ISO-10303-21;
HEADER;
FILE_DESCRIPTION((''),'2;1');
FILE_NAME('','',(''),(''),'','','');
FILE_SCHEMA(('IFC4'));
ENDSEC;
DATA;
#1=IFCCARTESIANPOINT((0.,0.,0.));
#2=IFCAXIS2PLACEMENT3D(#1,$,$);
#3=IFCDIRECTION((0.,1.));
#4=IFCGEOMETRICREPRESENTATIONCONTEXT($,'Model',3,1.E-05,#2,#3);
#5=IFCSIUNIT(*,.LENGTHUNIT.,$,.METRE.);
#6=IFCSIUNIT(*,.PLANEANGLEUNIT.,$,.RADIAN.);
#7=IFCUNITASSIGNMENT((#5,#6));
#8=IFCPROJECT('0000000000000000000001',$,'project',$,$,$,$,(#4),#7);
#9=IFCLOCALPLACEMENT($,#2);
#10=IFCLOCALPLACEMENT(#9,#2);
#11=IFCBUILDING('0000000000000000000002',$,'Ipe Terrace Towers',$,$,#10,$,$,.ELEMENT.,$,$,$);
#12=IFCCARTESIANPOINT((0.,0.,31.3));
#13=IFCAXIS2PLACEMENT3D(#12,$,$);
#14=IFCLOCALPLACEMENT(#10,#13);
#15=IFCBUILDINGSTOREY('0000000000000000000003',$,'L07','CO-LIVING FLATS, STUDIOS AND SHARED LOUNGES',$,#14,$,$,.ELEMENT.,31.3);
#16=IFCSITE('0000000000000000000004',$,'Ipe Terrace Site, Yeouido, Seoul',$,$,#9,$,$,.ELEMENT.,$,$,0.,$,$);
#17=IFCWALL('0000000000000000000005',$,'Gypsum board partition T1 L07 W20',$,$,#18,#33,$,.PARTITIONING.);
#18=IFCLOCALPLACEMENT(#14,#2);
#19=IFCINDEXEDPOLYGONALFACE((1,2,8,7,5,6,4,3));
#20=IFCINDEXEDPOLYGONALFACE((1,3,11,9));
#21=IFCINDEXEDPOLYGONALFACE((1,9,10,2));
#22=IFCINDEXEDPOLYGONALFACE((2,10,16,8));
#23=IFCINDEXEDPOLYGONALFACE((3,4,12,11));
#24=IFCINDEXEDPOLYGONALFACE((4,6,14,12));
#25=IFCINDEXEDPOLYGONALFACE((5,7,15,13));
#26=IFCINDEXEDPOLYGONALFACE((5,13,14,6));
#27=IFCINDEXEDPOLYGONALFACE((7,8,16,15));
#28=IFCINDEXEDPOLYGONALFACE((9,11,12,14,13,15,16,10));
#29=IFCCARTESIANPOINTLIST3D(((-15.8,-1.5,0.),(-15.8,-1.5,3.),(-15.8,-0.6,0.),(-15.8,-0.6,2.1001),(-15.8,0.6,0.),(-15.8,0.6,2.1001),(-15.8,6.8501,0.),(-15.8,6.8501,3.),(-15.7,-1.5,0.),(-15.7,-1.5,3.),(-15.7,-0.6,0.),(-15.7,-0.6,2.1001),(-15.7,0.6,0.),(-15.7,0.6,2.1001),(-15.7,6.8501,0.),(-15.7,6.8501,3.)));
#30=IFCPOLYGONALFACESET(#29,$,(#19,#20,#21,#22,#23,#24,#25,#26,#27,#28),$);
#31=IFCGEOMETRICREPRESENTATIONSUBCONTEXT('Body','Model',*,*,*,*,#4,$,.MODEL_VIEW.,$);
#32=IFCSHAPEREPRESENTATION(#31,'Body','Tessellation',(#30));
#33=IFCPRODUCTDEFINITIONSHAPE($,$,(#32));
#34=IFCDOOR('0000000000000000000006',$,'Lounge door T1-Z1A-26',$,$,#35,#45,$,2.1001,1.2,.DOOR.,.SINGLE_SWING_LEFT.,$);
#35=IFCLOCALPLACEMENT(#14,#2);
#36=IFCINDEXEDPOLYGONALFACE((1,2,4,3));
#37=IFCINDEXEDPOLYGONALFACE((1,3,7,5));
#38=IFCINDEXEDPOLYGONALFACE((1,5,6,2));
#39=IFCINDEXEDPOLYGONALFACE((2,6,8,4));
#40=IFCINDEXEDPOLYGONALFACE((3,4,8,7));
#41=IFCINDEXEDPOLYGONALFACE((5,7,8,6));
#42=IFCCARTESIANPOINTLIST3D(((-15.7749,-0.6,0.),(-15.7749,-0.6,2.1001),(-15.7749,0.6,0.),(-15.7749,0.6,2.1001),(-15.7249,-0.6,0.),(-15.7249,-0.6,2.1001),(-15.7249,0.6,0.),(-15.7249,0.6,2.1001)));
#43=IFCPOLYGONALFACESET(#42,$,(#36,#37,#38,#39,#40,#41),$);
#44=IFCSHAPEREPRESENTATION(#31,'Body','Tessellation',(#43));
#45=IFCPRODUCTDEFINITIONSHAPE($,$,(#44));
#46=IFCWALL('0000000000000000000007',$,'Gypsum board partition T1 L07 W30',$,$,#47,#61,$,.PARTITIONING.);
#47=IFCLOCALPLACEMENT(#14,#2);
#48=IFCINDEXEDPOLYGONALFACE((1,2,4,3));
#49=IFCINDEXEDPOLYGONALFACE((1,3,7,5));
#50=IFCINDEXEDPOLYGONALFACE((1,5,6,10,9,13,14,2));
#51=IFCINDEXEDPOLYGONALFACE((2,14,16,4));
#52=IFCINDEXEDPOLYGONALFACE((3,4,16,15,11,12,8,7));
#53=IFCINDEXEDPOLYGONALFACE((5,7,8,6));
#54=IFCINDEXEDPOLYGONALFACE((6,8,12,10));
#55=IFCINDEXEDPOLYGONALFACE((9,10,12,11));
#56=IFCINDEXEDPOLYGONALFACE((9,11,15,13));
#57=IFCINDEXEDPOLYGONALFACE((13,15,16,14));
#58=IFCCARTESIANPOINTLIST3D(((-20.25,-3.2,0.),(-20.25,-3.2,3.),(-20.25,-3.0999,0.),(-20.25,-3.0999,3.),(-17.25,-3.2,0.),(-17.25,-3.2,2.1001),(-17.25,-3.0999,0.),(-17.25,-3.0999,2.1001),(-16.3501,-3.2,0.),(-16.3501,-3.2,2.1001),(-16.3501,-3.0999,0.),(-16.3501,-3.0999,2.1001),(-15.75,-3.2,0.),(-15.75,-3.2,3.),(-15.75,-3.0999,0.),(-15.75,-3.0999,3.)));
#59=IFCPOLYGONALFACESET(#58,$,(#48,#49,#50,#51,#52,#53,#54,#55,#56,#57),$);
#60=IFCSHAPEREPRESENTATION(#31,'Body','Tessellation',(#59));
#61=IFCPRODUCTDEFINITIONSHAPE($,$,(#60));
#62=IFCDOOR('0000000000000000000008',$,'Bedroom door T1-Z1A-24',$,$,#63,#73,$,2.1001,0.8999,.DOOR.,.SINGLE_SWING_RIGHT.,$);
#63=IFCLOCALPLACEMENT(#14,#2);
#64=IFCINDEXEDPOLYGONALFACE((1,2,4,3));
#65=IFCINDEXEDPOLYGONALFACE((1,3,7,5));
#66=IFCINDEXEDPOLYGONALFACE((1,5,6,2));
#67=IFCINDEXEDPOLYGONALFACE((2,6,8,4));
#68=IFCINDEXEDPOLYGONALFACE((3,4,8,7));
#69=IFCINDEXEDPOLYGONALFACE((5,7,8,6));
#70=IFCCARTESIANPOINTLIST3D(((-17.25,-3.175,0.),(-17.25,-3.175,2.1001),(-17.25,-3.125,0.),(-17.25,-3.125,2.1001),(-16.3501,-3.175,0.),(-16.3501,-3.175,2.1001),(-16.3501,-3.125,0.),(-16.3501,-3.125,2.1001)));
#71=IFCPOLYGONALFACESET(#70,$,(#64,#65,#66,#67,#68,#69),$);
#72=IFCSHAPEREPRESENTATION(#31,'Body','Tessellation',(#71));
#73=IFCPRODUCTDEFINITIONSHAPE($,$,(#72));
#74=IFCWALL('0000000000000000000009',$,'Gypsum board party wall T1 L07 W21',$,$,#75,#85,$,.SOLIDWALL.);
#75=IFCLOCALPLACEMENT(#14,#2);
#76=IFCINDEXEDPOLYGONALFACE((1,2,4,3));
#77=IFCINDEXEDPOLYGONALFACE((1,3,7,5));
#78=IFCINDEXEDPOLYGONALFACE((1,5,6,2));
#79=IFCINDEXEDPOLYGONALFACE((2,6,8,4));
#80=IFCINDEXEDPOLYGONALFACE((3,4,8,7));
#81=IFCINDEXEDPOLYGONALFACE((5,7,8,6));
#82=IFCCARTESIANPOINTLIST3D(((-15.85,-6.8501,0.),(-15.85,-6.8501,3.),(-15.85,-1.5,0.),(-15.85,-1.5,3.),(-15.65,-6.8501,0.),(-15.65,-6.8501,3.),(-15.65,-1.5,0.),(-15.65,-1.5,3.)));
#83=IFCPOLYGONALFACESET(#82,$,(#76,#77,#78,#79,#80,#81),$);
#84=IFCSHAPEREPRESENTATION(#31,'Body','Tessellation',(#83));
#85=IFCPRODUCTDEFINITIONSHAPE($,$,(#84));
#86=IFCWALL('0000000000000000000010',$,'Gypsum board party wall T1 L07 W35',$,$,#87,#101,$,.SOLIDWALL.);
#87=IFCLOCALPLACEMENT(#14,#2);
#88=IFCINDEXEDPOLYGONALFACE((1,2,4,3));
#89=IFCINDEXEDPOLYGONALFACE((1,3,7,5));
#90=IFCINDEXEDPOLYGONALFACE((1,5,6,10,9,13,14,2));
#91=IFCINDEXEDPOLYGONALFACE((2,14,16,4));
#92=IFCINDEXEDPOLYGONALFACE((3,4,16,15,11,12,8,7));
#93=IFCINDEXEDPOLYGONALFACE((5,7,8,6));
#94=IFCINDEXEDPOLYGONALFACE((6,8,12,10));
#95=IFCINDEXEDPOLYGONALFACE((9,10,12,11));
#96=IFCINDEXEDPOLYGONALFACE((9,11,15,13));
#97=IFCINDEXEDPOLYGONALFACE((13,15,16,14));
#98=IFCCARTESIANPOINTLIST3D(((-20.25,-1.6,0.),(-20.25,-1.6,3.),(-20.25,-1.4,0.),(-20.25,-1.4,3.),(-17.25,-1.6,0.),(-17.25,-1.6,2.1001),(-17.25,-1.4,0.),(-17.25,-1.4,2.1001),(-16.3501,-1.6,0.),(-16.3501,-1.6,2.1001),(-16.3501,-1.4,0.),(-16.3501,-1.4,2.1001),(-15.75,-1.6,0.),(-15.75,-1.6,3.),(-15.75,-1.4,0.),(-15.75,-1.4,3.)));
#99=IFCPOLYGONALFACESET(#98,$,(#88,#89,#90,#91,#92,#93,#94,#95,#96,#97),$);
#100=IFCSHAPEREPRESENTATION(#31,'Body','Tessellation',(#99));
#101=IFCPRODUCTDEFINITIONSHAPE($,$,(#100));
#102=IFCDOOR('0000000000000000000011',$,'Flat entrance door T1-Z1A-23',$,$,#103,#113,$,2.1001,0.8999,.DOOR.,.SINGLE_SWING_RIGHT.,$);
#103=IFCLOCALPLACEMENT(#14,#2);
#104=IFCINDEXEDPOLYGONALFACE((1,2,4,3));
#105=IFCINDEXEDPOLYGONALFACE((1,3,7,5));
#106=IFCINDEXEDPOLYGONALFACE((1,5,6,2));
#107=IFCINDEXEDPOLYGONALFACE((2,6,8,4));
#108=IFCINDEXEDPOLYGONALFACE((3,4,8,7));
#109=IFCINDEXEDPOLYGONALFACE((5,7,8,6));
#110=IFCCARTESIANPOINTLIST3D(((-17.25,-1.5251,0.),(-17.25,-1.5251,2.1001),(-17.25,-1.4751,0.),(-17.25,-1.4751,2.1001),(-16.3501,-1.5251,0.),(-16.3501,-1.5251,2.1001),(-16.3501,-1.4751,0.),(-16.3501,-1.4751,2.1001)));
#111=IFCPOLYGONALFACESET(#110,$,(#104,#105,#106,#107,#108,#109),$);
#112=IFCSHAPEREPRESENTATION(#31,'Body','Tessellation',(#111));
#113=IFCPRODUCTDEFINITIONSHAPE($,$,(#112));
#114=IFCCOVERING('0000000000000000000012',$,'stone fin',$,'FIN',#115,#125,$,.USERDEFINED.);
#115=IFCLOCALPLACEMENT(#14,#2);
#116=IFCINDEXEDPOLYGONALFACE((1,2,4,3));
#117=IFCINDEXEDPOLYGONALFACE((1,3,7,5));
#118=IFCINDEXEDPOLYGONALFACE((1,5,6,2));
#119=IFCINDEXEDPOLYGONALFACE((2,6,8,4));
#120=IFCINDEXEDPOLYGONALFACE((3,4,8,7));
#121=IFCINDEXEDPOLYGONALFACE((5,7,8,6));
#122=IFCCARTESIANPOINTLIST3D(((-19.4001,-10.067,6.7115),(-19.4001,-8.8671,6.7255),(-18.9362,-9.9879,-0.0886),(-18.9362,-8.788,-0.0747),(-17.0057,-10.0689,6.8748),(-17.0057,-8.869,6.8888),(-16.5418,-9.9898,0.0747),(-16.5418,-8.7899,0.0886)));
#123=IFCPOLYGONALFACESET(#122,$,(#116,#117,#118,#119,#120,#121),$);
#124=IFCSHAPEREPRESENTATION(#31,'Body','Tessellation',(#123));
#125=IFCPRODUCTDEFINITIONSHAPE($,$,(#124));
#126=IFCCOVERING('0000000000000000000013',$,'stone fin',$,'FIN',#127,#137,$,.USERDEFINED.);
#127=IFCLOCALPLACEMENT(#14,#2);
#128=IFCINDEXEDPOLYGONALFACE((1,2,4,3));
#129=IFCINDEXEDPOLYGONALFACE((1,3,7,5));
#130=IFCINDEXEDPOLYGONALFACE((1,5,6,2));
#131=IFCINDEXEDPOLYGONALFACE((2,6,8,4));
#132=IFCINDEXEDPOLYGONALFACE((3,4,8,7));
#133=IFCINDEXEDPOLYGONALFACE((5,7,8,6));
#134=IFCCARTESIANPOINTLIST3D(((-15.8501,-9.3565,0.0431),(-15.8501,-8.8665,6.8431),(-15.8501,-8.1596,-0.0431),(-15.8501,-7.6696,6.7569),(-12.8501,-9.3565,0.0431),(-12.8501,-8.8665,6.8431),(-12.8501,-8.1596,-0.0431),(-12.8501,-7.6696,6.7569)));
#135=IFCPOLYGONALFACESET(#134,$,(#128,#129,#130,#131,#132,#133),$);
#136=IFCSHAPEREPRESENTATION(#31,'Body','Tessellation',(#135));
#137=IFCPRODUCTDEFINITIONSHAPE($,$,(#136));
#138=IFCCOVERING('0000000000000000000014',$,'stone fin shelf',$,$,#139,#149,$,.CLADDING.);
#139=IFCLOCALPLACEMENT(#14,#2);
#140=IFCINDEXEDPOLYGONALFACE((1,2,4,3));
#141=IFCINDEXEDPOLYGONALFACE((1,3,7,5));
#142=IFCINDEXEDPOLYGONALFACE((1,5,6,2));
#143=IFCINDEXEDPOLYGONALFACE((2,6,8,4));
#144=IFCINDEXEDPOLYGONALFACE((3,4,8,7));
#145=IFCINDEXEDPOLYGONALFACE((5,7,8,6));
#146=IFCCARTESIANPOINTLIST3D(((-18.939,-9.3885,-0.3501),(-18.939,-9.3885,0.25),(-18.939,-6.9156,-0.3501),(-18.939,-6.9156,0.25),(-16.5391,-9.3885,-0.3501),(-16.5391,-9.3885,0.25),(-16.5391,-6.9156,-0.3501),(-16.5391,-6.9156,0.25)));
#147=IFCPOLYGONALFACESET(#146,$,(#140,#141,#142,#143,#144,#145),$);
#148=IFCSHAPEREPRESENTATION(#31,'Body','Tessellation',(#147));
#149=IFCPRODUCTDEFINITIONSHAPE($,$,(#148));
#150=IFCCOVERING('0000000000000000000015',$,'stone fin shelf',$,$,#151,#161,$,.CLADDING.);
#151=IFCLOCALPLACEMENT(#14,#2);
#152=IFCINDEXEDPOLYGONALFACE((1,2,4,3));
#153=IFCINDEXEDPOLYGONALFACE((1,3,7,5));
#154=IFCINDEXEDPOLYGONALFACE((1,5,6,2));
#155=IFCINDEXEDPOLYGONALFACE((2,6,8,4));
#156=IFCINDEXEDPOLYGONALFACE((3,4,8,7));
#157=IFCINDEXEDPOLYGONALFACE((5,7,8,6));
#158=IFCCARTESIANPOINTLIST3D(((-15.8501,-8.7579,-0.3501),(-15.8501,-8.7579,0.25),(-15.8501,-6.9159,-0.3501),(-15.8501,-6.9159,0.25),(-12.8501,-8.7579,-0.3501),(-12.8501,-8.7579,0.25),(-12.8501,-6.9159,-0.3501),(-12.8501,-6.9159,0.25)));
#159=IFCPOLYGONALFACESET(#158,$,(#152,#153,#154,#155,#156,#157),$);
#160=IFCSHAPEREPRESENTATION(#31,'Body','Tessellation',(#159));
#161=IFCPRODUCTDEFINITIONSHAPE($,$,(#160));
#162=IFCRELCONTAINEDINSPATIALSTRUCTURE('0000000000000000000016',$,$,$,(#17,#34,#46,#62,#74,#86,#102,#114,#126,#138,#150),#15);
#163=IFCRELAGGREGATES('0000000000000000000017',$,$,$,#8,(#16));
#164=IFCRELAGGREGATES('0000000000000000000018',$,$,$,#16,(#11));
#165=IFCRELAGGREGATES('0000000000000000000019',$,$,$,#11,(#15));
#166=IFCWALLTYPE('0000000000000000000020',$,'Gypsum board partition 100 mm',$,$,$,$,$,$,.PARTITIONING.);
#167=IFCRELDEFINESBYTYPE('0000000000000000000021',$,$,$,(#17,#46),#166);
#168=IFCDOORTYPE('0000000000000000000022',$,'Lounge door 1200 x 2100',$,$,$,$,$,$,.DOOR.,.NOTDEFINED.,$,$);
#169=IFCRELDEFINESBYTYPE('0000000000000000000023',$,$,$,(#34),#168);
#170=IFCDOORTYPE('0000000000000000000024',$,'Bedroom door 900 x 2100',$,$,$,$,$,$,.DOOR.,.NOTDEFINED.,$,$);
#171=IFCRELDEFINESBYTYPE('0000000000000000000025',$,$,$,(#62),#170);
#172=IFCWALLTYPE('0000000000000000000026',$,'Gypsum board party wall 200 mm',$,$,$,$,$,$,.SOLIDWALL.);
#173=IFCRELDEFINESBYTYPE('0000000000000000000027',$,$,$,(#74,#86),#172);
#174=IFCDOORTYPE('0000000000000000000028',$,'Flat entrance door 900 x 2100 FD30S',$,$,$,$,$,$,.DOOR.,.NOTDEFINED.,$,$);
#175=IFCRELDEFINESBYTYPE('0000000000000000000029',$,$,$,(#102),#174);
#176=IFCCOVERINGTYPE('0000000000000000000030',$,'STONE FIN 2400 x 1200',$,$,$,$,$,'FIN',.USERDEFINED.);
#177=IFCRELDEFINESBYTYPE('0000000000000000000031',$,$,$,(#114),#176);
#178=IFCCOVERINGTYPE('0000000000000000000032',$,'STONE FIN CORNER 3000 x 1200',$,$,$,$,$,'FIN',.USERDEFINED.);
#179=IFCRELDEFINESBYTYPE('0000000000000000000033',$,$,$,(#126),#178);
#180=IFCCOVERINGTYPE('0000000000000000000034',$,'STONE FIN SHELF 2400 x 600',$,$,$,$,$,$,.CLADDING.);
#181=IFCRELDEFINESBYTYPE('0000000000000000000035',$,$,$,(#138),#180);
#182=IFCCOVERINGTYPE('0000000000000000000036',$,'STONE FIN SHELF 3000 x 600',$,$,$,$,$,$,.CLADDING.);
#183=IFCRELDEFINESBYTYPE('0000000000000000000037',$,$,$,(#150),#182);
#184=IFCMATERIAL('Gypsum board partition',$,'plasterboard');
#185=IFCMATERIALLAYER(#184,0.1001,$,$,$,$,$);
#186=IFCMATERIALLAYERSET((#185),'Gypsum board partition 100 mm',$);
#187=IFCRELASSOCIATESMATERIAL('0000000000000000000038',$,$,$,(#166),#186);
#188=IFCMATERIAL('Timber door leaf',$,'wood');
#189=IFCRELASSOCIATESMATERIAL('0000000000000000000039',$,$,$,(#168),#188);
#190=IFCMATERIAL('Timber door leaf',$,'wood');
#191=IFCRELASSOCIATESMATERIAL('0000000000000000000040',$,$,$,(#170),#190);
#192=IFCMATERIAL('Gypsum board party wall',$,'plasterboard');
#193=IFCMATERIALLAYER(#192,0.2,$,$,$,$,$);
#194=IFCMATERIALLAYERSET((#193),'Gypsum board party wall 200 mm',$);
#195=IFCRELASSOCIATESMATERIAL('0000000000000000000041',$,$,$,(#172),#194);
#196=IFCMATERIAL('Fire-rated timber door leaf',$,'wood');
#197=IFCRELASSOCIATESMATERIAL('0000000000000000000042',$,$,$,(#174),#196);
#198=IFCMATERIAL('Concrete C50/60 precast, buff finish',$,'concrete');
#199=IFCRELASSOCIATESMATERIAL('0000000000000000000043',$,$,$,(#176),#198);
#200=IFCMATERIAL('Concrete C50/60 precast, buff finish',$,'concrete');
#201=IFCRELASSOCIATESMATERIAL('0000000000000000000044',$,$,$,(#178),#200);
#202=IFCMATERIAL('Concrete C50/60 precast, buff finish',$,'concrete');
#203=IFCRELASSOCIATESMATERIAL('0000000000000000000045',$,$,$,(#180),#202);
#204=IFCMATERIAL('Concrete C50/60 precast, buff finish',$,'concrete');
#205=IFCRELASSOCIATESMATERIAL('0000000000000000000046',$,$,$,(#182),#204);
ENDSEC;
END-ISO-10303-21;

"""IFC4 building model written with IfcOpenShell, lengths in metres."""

from ifc_helpers import new_model, si_unit, direction, frame, frame_2d, origin, origin_2d, place, context, subcontext, project, spatial, rectangle, extrude, material, layer, layer_set, material_profile, profile_set, type_object, element, fill, save


model = new_model("IFC4")

# Units and contexts
model_context = context("Model", 3, precision=1e-05, world=origin(), true_north=direction((0.0, 1.0)))
body_context = subcontext(model_context, "Body", "Model", "MODEL_VIEW")
ifc_project = project(units=[si_unit("LENGTHUNIT", "METRE"), si_unit("PLANEANGLEUNIT", "RADIAN")], contexts=[model_context])

# Site, building, storey
site_placement = place(None, origin())
site = spatial("IfcSite", under=ifc_project, at=site_placement, Name="Ipe Terrace Site, Yeouido, Seoul", CompositionType="ELEMENT", RefElevation=0.0)
building_placement = place(site_placement, origin())
building = spatial("IfcBuilding", under=site, at=building_placement, Name="Ipe Terrace Towers", CompositionType="ELEMENT")
storey_placement = place(building_placement, frame((0.0, 0.0, 31.3)))
storey = spatial("IfcBuildingStorey", under=building, at=storey_placement, Name="L07", Description="CO-LIVING FLATS, STUDIOS AND SHARED LOUNGES", CompositionType="ELEMENT", Elevation=31.3)

# Walls, openings, doors
ifc_material_1 = material(Name="Gypsum board partition", Category="plasterboard")
ifc_layer_1 = layer(ifc_material_1, 0.1001)
ifc_layer_set_1 = layer_set([ifc_layer_1], Name="Gypsum board partition 100 mm")
wall_type_1 = type_object("IfcWallType", Name="Gypsum board partition 100 mm", PredefinedType="PARTITIONING", material=ifc_layer_set_1)
wall_1_placement = place(storey_placement, frame((-15.75, -1.5, 0.0), z_axis=(0.0, 0.0, 1.0), x_axis=(0.0, 1.0, 0.0)))
wall_1 = element("IfcWall", 1, at=wall_1_placement, inside=storey, type_object=wall_type_1, Name="Gypsum board partition T1 L07 W20", PredefinedType="PARTITIONING", context=body_context, shape_type="SweptSolid", body=[
    extrude(rectangle(XDim=8.3501, YDim=0.1001, at=frame_2d((4.175, 0.0))), origin(), (0.0, 0.0, 1.0), 3.0),
])
opening_1_placement = place(wall_1_placement, frame((0.8999, 0.0, 0.0)))
opening_1 = element("IfcOpeningElement", 2, at=opening_1_placement, cuts=wall_1, PredefinedType="OPENING", context=body_context, shape_type="SweptSolid", body=[
    extrude(rectangle(XDim=1.2, YDim=2.1001, at=frame_2d((0.6001, 1.05))), frame((0.0, 0.0601, 0.0), z_axis=(0.0, -1.0, 0.0), x_axis=(1.0, 0.0, 0.0)), (0.0, 0.0, 1.0), 0.1201),
])
ifc_material_2 = material(Name="Timber door leaf", Category="wood")
door_type_1 = type_object("IfcDoorType", Name="Lounge door 1200 x 2100", OperationType="NOTDEFINED", PredefinedType="DOOR", material=ifc_material_2)
door_1_placement = place(opening_1_placement, origin())
door_1 = element("IfcDoor", 3, at=door_1_placement, inside=storey, type_object=door_type_1, Name="Lounge door T1-Z1A-26", OperationType="SINGLE_SWING_LEFT", OverallHeight=2.1001, OverallWidth=1.2, PredefinedType="DOOR", context=body_context, shape_type="SweptSolid", body=[
    extrude(rectangle(XDim=1.2, YDim=2.1001, at=frame_2d((0.6001, 1.05))), frame((0.0, 0.0249, 0.0), z_axis=(0.0, -1.0, 0.0), x_axis=(1.0, 0.0, 0.0)), (0.0, 0.0, 1.0), 0.05),
])
fill(opening_1, door_1)
wall_2_placement = place(storey_placement, frame((-20.25, -3.1499, 0.0), z_axis=(0.0, 0.0, 1.0), x_axis=(1.0, 0.0, 0.0)))
wall_2 = element("IfcWall", 4, at=wall_2_placement, inside=storey, type_object=wall_type_1, Name="Gypsum board partition T1 L07 W30", PredefinedType="PARTITIONING", context=body_context, shape_type="SweptSolid", body=[
    extrude(rectangle(XDim=4.5, YDim=0.1001, at=frame_2d((2.25, 0.0))), origin(), (0.0, 0.0, 1.0), 3.0),
])
opening_2_placement = place(wall_2_placement, frame((3.0, 0.0, 0.0)))
opening_2 = element("IfcOpeningElement", 5, at=opening_2_placement, cuts=wall_2, PredefinedType="OPENING", context=body_context, shape_type="SweptSolid", body=[
    extrude(rectangle(XDim=0.8999, YDim=2.1001, at=frame_2d((0.45, 1.05))), frame((0.0, 0.0601, 0.0), z_axis=(0.0, -1.0, 0.0), x_axis=(1.0, 0.0, 0.0)), (0.0, 0.0, 1.0), 0.1201),
])
ifc_material_3 = material(Name="Timber door leaf", Category="wood")
door_type_2 = type_object("IfcDoorType", Name="Bedroom door 900 x 2100", OperationType="NOTDEFINED", PredefinedType="DOOR", material=ifc_material_3)
door_2_placement = place(opening_2_placement, origin())
door_2 = element("IfcDoor", 6, at=door_2_placement, inside=storey, type_object=door_type_2, Name="Bedroom door T1-Z1A-24", OperationType="SINGLE_SWING_RIGHT", OverallHeight=2.1001, OverallWidth=0.8999, PredefinedType="DOOR", context=body_context, shape_type="SweptSolid", body=[
    extrude(rectangle(XDim=0.8999, YDim=2.1001, at=frame_2d((0.45, 1.05))), frame((0.0, 0.0249, 0.0), z_axis=(0.0, -1.0, 0.0), x_axis=(1.0, 0.0, 0.0)), (0.0, 0.0, 1.0), 0.05),
])
fill(opening_2, door_2)

# Wall
ifc_material_4 = material(Name="Gypsum board party wall", Category="plasterboard")
ifc_layer_2 = layer(ifc_material_4, 0.2)
ifc_layer_set_2 = layer_set([ifc_layer_2], Name="Gypsum board party wall 200 mm")
wall_type_2 = type_object("IfcWallType", Name="Gypsum board party wall 200 mm", PredefinedType="SOLIDWALL", material=ifc_layer_set_2)
wall_3_placement = place(storey_placement, frame((-15.75, -6.8501, 0.0), z_axis=(0.0, 0.0, 1.0), x_axis=(0.0, 1.0, 0.0)))
element("IfcWall", 7, at=wall_3_placement, inside=storey, type_object=wall_type_2, Name="Gypsum board party wall T1 L07 W21", PredefinedType="SOLIDWALL", context=body_context, shape_type="SweptSolid", body=[
    extrude(rectangle(XDim=5.3501, YDim=0.2, at=frame_2d((2.675, 0.0))), origin(), (0.0, 0.0, 1.0), 3.0),
])

# Wall, opening, door
wall_4_placement = place(storey_placement, frame((-20.25, -1.5, 0.0), z_axis=(0.0, 0.0, 1.0), x_axis=(1.0, 0.0, 0.0)))
wall_4 = element("IfcWall", 8, at=wall_4_placement, inside=storey, type_object=wall_type_2, Name="Gypsum board party wall T1 L07 W35", PredefinedType="SOLIDWALL", context=body_context, shape_type="SweptSolid", body=[
    extrude(rectangle(XDim=4.5, YDim=0.2, at=frame_2d((2.25, 0.0))), origin(), (0.0, 0.0, 1.0), 3.0),
])
opening_3_placement = place(wall_4_placement, frame((3.0, 0.0, 0.0)))
opening_3 = element("IfcOpeningElement", 9, at=opening_3_placement, cuts=wall_4, PredefinedType="OPENING", context=body_context, shape_type="SweptSolid", body=[
    extrude(rectangle(XDim=0.8999, YDim=2.1001, at=frame_2d((0.45, 1.05))), frame((0.0, 0.1099, 0.0), z_axis=(0.0, -1.0, 0.0), x_axis=(1.0, 0.0, 0.0)), (0.0, 0.0, 1.0), 0.22),
])
ifc_material_5 = material(Name="Fire-rated timber door leaf", Category="wood")
door_type_3 = type_object("IfcDoorType", Name="Flat entrance door 900 x 2100 FD30S", OperationType="NOTDEFINED", PredefinedType="DOOR", material=ifc_material_5)
door_3_placement = place(opening_3_placement, origin())
door_3 = element("IfcDoor", 10, at=door_3_placement, inside=storey, type_object=door_type_3, Name="Flat entrance door T1-Z1A-23", OperationType="SINGLE_SWING_RIGHT", OverallHeight=2.1001, OverallWidth=0.8999, PredefinedType="DOOR", context=body_context, shape_type="SweptSolid", body=[
    extrude(rectangle(XDim=0.8999, YDim=2.1001, at=frame_2d((0.45, 1.05))), frame((0.0, 0.0249, 0.0), z_axis=(0.0, -1.0, 0.0), x_axis=(1.0, 0.0, 0.0)), (0.0, 0.0, 1.0), 0.05),
])
fill(opening_3, door_3)

# Coverings
ifc_material_6 = material(Name="Concrete C50/60 precast, buff finish", Category="concrete")
ifc_material_profile_1 = material_profile(ifc_material_6, rectangle(XDim=2.3999, YDim=1.2, at=origin_2d()), Name="STONE FIN 2400 x 1200")
ifc_profile_set_1 = profile_set([ifc_material_profile_1], Name="Concrete C50/60 precast, buff finish")
covering_type_1 = type_object("IfcCoveringType", Name="STONE FIN 2400 x 1200", ElementType="FIN", PredefinedType="USERDEFINED", material=ifc_profile_set_1)
covering_1_placement = place(storey_placement, frame((-17.739, -9.3889, 0.0), z_axis=(-0.068053, -0.011605, 0.997614), x_axis=(0.997682, -0.000792, 0.068048)))
element("IfcCovering", 11, at=covering_1_placement, inside=storey, type_object=covering_type_1, Name="stone fin", ObjectType="FIN", PredefinedType="USERDEFINED", context=body_context, shape_type="SweptSolid", body=[
    extrude(rectangle(XDim=2.3999, YDim=1.2, at=origin_2d()), origin(), (0.0, 0.0, 1.0), 6.8164),
])
ifc_material_7 = material(Name="Concrete C50/60 precast, buff finish", Category="concrete")
ifc_material_profile_2 = material_profile(ifc_material_7, rectangle(XDim=3.0, YDim=1.2, at=origin_2d()), Name="STONE FIN CORNER 3000 x 1200")
ifc_profile_set_2 = profile_set([ifc_material_profile_2], Name="Concrete C50/60 precast, buff finish")
covering_type_2 = type_object("IfcCoveringType", Name="STONE FIN CORNER 3000 x 1200", ElementType="FIN", PredefinedType="USERDEFINED", material=ifc_profile_set_2)
covering_2_placement = place(storey_placement, frame((-14.3501, -8.7581, 0.0), z_axis=(0.0, 0.071871, 0.997414), x_axis=(1.0, 0.0, 0.0)))
element("IfcCovering", 12, at=covering_2_placement, inside=storey, type_object=covering_type_2, Name="stone fin", ObjectType="FIN", PredefinedType="USERDEFINED", context=body_context, shape_type="SweptSolid", body=[
    extrude(rectangle(XDim=3.0, YDim=1.2, at=origin_2d()), origin(), (0.0, 0.0, 1.0), 6.8176),
])
ifc_material_8 = material(Name="Concrete C50/60 precast, buff finish", Category="concrete")
covering_type_3 = type_object("IfcCoveringType", Name="STONE FIN SHELF 2400 x 600", PredefinedType="CLADDING", material=ifc_material_8)
covering_3_placement = place(storey_placement, frame((-17.739, -8.1521, -0.3501), z_axis=(0.0, 0.0, 1.0), x_axis=(1.0, 0.0, 0.0)))
element("IfcCovering", 13, at=covering_3_placement, inside=storey, type_object=covering_type_3, Name="stone fin shelf", PredefinedType="CLADDING", context=body_context, shape_type="SweptSolid", body=[
    extrude(rectangle(XDim=2.3999, YDim=2.4729, at=origin_2d()), origin(), (0.0, 0.0, 1.0), 0.6001),
])
ifc_material_9 = material(Name="Concrete C50/60 precast, buff finish", Category="concrete")
covering_type_4 = type_object("IfcCoveringType", Name="STONE FIN SHELF 3000 x 600", PredefinedType="CLADDING", material=ifc_material_9)
covering_4_placement = place(storey_placement, frame((-14.3501, -7.8369, -0.3501), z_axis=(0.0, 0.0, 1.0), x_axis=(1.0, 0.0, 0.0)))
element("IfcCovering", 14, at=covering_4_placement, inside=storey, type_object=covering_type_4, Name="stone fin shelf", PredefinedType="CLADDING", context=body_context, shape_type="SweptSolid", body=[
    extrude(rectangle(XDim=3.0, YDim=1.842, at=origin_2d()), origin(), (0.0, 0.0, 1.0), 0.6001),
])

save(model, "model.ifc")
